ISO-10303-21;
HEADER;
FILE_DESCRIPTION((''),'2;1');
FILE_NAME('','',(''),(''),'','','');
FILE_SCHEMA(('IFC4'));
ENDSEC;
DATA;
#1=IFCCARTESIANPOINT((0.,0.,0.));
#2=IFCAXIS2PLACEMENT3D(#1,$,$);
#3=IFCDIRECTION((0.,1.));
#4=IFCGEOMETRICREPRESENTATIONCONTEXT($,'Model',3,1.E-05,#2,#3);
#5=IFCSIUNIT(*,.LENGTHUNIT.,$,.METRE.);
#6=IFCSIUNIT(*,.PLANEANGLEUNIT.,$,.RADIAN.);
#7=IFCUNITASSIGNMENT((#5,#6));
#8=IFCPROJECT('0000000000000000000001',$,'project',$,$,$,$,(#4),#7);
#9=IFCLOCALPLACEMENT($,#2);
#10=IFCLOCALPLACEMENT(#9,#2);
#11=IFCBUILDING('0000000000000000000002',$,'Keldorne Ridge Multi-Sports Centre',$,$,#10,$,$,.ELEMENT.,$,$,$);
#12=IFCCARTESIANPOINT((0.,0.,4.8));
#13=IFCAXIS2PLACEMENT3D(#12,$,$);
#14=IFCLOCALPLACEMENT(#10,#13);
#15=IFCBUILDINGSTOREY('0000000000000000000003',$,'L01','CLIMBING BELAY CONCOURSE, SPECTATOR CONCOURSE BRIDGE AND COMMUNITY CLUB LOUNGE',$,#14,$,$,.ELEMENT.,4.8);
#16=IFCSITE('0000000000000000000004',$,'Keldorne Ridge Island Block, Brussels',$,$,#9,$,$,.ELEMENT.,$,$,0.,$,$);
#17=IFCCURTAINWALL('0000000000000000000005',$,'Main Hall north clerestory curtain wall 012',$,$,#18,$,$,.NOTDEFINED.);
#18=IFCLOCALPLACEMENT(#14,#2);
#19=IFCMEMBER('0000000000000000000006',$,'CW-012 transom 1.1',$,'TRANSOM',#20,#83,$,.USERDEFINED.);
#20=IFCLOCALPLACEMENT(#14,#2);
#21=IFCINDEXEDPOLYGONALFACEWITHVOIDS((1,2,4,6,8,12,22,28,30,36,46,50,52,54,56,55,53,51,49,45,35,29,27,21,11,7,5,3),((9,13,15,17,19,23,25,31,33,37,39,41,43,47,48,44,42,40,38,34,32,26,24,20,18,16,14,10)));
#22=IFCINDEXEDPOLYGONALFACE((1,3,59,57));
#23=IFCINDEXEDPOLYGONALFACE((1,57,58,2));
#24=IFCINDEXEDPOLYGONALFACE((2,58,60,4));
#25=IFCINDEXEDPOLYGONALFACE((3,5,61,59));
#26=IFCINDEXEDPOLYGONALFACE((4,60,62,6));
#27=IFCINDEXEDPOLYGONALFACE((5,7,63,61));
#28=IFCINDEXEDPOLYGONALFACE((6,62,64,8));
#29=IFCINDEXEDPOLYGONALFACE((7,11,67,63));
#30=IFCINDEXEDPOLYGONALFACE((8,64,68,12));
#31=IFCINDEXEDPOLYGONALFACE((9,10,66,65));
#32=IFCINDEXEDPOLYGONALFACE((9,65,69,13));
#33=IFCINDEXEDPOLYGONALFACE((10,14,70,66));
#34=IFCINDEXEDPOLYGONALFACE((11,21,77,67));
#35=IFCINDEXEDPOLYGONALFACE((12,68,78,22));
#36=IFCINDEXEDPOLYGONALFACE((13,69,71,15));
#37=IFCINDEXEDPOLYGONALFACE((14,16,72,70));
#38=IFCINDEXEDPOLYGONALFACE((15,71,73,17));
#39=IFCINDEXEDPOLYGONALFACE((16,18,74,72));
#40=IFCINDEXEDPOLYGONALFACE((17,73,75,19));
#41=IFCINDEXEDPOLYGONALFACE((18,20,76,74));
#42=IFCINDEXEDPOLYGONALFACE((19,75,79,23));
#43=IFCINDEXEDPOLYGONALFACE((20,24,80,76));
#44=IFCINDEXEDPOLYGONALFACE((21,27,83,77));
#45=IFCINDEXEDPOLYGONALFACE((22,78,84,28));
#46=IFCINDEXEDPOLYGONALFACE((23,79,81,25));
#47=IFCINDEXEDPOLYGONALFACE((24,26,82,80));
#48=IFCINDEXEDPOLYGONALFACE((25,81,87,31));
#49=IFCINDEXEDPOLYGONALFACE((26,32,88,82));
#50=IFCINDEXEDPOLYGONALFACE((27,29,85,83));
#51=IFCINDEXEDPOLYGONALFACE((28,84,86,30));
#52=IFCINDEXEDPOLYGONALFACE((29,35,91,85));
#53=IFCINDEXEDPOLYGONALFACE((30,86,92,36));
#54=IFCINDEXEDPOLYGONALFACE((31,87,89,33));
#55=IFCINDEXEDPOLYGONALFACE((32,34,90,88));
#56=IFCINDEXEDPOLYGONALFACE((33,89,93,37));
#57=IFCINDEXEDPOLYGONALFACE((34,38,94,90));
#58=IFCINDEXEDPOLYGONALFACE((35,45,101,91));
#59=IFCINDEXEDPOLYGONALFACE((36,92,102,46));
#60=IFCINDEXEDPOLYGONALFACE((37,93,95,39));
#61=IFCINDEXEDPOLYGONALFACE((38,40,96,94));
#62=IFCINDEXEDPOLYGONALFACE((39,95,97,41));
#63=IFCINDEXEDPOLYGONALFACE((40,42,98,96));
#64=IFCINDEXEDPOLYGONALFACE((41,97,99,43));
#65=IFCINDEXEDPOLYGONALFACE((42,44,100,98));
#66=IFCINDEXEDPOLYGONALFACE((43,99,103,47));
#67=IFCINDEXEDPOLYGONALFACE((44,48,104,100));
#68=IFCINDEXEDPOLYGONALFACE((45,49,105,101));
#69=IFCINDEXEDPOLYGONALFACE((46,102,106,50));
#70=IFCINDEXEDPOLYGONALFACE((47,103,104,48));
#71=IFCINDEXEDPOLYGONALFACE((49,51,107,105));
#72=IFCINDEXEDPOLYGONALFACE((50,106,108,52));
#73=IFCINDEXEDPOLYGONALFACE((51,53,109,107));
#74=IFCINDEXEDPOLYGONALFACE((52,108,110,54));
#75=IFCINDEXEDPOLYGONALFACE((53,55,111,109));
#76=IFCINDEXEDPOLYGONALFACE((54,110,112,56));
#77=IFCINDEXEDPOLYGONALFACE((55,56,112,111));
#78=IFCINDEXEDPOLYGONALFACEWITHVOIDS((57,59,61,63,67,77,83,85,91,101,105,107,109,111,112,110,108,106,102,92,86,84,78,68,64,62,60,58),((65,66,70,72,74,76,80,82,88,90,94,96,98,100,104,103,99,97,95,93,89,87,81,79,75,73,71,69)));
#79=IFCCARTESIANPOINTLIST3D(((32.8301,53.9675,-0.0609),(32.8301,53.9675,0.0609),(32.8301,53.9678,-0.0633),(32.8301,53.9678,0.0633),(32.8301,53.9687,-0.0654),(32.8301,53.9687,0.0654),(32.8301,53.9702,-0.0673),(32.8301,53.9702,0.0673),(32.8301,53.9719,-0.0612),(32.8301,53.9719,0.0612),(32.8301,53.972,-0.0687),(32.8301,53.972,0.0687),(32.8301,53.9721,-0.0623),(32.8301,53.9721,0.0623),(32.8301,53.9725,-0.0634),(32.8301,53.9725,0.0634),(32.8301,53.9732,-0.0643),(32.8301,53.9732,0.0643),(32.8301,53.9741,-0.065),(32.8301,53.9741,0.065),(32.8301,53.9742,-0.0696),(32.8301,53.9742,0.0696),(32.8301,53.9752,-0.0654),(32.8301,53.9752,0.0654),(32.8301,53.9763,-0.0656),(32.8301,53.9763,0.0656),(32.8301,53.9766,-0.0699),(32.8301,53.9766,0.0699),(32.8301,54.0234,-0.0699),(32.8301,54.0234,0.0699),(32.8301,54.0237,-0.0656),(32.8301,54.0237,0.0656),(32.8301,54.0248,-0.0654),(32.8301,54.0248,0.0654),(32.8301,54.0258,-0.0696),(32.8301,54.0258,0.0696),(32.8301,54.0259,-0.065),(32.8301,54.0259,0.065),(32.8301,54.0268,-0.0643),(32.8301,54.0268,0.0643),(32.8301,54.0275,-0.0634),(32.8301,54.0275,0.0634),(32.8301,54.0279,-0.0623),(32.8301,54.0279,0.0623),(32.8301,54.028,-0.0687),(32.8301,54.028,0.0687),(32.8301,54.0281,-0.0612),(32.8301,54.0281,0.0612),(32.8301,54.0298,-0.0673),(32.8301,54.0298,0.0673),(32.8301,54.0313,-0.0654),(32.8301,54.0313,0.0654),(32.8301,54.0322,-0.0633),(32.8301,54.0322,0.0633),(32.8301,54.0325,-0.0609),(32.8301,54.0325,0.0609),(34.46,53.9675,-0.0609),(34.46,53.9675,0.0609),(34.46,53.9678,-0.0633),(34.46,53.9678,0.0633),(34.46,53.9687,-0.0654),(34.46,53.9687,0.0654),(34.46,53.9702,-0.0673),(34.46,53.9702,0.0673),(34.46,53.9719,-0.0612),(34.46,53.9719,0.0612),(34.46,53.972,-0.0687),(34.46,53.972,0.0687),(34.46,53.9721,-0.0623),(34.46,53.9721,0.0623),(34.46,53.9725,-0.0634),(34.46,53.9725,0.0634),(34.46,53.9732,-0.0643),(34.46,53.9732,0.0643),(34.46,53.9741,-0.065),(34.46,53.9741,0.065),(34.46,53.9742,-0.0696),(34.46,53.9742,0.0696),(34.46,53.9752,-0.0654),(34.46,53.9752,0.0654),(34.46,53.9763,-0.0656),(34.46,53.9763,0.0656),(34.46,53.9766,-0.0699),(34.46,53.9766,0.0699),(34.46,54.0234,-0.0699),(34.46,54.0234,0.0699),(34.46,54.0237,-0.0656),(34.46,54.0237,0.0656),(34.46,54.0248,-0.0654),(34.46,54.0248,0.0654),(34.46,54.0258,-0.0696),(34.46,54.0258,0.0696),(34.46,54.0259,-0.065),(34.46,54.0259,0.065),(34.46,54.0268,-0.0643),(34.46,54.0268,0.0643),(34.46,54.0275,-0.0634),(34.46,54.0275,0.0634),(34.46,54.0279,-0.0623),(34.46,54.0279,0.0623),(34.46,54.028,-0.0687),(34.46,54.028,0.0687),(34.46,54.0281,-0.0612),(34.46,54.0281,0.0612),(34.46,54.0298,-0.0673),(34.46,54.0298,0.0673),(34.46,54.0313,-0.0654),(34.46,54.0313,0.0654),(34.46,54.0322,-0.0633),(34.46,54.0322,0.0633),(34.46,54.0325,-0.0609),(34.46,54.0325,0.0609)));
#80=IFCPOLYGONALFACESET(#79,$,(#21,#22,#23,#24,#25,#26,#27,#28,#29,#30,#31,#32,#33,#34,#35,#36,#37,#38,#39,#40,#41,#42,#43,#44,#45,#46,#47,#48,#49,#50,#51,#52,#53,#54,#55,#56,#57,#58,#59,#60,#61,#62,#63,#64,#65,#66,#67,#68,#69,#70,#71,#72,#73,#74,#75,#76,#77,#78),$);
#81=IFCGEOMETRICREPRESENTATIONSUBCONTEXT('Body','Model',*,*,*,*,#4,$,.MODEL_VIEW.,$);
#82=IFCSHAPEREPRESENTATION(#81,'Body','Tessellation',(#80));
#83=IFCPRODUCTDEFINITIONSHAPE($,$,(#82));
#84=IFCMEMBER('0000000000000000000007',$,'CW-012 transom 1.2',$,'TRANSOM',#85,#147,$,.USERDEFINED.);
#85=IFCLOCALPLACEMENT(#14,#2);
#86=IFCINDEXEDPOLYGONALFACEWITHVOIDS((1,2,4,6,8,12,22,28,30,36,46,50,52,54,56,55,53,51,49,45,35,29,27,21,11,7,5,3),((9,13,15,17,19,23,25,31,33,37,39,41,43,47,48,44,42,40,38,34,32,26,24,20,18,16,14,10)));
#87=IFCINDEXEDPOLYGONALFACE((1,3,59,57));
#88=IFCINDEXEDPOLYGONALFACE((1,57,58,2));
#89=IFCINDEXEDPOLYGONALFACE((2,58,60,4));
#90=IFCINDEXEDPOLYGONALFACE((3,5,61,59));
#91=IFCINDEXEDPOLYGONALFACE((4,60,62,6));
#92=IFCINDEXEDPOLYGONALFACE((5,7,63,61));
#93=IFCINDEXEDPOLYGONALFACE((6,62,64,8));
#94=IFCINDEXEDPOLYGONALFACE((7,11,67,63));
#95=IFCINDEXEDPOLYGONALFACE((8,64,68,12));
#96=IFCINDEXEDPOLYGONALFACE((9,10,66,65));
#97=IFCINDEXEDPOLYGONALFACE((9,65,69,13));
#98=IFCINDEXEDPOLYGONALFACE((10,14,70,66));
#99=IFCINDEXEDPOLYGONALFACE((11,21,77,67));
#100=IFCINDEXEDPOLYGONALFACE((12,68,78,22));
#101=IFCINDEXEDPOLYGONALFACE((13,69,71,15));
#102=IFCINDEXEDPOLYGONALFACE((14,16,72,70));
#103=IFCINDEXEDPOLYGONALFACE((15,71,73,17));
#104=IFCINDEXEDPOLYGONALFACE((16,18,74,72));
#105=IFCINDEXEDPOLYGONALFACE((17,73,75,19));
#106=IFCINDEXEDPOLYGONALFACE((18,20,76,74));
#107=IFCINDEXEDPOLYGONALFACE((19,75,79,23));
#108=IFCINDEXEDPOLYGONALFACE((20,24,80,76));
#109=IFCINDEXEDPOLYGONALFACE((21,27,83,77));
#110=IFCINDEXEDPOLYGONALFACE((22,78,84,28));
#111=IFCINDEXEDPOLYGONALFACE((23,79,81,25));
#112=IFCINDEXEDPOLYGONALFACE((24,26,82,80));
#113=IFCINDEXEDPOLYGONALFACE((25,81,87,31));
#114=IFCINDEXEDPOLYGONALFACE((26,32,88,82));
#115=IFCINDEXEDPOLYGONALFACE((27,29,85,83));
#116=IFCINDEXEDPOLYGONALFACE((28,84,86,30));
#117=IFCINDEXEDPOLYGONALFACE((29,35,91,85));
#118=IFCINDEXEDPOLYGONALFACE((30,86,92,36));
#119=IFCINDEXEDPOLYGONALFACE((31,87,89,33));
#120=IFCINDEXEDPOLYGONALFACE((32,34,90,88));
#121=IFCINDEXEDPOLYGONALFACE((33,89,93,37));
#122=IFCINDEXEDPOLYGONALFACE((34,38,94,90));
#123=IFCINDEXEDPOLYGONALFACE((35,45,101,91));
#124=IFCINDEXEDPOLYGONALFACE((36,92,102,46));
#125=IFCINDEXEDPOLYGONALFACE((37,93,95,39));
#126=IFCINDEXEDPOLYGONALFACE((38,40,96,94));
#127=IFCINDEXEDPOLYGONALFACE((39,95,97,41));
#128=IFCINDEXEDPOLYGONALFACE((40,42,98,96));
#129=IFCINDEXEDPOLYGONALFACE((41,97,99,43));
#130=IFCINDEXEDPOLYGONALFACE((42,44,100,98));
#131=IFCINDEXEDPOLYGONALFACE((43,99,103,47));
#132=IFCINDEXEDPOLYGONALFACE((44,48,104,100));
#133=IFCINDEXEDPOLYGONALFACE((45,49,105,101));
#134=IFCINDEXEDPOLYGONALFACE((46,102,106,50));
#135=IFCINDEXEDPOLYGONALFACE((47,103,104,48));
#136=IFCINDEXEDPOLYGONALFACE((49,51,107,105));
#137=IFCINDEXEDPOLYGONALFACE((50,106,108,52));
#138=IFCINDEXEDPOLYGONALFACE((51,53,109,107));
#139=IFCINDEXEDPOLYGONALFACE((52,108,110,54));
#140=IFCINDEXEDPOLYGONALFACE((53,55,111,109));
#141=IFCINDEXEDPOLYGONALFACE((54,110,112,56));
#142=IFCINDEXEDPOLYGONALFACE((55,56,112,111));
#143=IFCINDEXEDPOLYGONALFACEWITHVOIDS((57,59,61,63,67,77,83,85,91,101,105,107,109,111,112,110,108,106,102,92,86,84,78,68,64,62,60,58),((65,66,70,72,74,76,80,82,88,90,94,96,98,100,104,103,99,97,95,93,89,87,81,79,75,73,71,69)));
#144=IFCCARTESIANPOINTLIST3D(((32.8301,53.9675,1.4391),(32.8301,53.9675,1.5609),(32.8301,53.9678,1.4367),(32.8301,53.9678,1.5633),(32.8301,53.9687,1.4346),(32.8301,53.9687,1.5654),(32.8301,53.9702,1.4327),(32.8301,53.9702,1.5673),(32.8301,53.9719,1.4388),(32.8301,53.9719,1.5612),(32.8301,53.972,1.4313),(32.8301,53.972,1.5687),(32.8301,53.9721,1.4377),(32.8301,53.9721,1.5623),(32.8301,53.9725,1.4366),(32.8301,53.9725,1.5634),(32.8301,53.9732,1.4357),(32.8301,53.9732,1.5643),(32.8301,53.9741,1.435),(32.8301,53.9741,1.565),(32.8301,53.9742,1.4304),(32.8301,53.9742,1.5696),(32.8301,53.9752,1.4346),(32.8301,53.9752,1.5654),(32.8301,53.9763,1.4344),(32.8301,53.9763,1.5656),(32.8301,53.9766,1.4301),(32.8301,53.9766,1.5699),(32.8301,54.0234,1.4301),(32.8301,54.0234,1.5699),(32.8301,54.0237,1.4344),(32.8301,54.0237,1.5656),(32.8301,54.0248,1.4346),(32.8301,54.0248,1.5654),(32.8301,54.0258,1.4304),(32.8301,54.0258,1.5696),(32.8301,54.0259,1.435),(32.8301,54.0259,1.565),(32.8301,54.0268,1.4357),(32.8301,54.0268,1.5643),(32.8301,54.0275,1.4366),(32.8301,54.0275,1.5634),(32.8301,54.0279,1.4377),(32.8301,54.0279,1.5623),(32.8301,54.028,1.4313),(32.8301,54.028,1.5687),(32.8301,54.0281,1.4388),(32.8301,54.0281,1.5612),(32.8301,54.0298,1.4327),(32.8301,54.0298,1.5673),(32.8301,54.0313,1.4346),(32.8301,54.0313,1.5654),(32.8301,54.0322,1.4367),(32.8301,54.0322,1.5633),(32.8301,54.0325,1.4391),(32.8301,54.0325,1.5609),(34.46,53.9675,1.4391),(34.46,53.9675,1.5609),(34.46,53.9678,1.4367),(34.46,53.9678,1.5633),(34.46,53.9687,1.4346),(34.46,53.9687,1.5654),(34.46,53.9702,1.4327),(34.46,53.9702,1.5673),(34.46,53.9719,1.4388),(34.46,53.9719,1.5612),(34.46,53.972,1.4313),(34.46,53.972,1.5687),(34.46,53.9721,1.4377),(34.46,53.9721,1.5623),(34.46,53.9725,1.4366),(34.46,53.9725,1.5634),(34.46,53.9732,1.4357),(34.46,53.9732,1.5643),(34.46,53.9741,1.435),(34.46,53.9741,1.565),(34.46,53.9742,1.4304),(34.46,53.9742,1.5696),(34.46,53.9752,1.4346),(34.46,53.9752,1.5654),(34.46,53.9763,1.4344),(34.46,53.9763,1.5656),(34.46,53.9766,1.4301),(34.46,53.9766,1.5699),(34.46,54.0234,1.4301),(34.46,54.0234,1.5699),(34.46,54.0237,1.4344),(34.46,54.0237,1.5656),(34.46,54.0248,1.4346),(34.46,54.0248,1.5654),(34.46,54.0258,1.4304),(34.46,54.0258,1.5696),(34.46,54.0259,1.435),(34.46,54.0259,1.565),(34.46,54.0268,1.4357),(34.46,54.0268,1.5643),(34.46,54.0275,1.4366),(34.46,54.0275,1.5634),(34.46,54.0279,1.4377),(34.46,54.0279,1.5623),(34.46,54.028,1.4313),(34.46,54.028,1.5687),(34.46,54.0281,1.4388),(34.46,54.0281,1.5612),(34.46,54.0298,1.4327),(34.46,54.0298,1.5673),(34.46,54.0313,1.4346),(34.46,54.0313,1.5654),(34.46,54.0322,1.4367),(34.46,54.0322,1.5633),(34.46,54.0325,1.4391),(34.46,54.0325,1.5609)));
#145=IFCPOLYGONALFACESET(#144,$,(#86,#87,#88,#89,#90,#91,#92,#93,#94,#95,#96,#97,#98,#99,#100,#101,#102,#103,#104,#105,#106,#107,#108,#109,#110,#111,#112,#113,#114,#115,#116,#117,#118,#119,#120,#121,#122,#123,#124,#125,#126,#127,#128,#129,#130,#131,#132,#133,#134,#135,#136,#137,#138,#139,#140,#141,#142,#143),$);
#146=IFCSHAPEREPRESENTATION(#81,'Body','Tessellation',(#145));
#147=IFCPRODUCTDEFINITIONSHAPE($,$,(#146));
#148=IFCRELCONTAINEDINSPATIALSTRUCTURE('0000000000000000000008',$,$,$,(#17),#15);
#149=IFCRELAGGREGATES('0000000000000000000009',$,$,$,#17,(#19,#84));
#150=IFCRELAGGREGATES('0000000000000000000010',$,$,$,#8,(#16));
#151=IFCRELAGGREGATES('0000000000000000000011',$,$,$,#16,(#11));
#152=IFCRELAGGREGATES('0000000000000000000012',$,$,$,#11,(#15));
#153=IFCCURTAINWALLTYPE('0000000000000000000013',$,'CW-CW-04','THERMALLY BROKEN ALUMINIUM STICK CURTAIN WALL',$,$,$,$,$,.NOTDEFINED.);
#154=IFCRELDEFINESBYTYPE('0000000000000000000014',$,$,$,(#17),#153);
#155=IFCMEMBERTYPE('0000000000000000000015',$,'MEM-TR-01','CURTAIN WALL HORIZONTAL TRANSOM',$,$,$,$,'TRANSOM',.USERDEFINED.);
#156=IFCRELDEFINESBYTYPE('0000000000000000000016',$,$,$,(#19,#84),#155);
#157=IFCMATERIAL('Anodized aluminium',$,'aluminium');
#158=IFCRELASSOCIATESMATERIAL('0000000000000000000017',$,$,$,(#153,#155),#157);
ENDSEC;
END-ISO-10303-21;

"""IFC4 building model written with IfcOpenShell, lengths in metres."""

from ifc_helpers import new_model, si_unit, direction, frame, origin, origin_2d, place, context, subcontext, project, spatial, hollow_rectangle, extrude, material, material_profile, profile_set, type_object, element, aggregate, save


model = new_model("IFC4")

# Units and contexts
model_context = context("Model", 3, precision=1e-05, world=origin(), true_north=direction((0.0, 1.0)))
body_context = subcontext(model_context, "Body", "Model", "MODEL_VIEW")
ifc_project = project(units=[si_unit("LENGTHUNIT", "METRE"), si_unit("PLANEANGLEUNIT", "RADIAN")], contexts=[model_context])

# Site, building, storey
site_placement = place(None, origin())
site = spatial("IfcSite", under=ifc_project, at=site_placement, Name="Keldorne Ridge Island Block, Brussels", CompositionType="ELEMENT", RefElevation=0.0)
building_placement = place(site_placement, origin())
building = spatial("IfcBuilding", under=site, at=building_placement, Name="Keldorne Ridge Multi-Sports Centre", CompositionType="ELEMENT")
storey_placement = place(building_placement, frame((0.0, 0.0, 4.8)))
storey = spatial("IfcBuildingStorey", under=building, at=storey_placement, Name="L01", Description="CLIMBING BELAY CONCOURSE, SPECTATOR CONCOURSE BRIDGE AND COMMUNITY CLUB LOUNGE", CompositionType="ELEMENT", Elevation=4.8)

# Curtain wall
ifc_material_1 = material(Name="Anodized aluminium", Category="aluminium")
curtain_wall_type_1 = type_object("IfcCurtainWallType", Name="CW-CW-04", Description="THERMALLY BROKEN ALUMINIUM STICK CURTAIN WALL", PredefinedType="NOTDEFINED", material=ifc_material_1)
curtain_wall_1_placement = place(storey_placement, origin())
curtain_wall_1 = element("IfcCurtainWall", 1, at=curtain_wall_1_placement, inside=storey, type_object=curtain_wall_type_1, Name="Main Hall north clerestory curtain wall 012", PredefinedType="NOTDEFINED")

# Members
ifc_material_profile_1 = material_profile(ifc_material_1, hollow_rectangle(XDim=0.0649, YDim=0.1399, WallThickness=0.0044, InnerFilletRadius=0.0044, OuterFilletRadius=0.009, at=origin_2d()), Name="ALU TRANSOM 140x65x4.5")
ifc_profile_set_1 = profile_set([ifc_material_profile_1], Name="Anodized aluminium")
member_type_1 = type_object("IfcMemberType", Name="MEM-TR-01", Description="CURTAIN WALL HORIZONTAL TRANSOM", ElementType="TRANSOM", PredefinedType="USERDEFINED", material=ifc_profile_set_1)
member_1_placement = place(storey_placement, frame((34.46, 54.0, 0.0), z_axis=(-1.0, 0.0, 0.0), x_axis=(0.0, -1.0, 0.0)))
member_1 = element("IfcMember", 2, at=member_1_placement, type_object=member_type_1, Name="CW-012 transom 1.1", ObjectType="TRANSOM", PredefinedType="USERDEFINED", context=body_context, shape_type="SweptSolid", body=[
    extrude(hollow_rectangle(XDim=0.0649, YDim=0.1399, WallThickness=0.0044, InnerFilletRadius=0.0044, OuterFilletRadius=0.009, at=origin_2d()), origin(), (0.0, 0.0, 1.0), 1.6299),
])
member_2_placement = place(storey_placement, frame((34.46, 54.0, 1.5), z_axis=(-1.0, 0.0, 0.0), x_axis=(0.0, -1.0, 0.0)))
member_2 = element("IfcMember", 3, at=member_2_placement, type_object=member_type_1, Name="CW-012 transom 1.2", ObjectType="TRANSOM", PredefinedType="USERDEFINED", context=body_context, shape_type="SweptSolid", body=[
    extrude(hollow_rectangle(XDim=0.0649, YDim=0.1399, WallThickness=0.0044, InnerFilletRadius=0.0044, OuterFilletRadius=0.009, at=origin_2d()), origin(), (0.0, 0.0, 1.0), 1.6299),
])

aggregate(curtain_wall_1, [member_1, member_2])

save(model, "model.ifc")
